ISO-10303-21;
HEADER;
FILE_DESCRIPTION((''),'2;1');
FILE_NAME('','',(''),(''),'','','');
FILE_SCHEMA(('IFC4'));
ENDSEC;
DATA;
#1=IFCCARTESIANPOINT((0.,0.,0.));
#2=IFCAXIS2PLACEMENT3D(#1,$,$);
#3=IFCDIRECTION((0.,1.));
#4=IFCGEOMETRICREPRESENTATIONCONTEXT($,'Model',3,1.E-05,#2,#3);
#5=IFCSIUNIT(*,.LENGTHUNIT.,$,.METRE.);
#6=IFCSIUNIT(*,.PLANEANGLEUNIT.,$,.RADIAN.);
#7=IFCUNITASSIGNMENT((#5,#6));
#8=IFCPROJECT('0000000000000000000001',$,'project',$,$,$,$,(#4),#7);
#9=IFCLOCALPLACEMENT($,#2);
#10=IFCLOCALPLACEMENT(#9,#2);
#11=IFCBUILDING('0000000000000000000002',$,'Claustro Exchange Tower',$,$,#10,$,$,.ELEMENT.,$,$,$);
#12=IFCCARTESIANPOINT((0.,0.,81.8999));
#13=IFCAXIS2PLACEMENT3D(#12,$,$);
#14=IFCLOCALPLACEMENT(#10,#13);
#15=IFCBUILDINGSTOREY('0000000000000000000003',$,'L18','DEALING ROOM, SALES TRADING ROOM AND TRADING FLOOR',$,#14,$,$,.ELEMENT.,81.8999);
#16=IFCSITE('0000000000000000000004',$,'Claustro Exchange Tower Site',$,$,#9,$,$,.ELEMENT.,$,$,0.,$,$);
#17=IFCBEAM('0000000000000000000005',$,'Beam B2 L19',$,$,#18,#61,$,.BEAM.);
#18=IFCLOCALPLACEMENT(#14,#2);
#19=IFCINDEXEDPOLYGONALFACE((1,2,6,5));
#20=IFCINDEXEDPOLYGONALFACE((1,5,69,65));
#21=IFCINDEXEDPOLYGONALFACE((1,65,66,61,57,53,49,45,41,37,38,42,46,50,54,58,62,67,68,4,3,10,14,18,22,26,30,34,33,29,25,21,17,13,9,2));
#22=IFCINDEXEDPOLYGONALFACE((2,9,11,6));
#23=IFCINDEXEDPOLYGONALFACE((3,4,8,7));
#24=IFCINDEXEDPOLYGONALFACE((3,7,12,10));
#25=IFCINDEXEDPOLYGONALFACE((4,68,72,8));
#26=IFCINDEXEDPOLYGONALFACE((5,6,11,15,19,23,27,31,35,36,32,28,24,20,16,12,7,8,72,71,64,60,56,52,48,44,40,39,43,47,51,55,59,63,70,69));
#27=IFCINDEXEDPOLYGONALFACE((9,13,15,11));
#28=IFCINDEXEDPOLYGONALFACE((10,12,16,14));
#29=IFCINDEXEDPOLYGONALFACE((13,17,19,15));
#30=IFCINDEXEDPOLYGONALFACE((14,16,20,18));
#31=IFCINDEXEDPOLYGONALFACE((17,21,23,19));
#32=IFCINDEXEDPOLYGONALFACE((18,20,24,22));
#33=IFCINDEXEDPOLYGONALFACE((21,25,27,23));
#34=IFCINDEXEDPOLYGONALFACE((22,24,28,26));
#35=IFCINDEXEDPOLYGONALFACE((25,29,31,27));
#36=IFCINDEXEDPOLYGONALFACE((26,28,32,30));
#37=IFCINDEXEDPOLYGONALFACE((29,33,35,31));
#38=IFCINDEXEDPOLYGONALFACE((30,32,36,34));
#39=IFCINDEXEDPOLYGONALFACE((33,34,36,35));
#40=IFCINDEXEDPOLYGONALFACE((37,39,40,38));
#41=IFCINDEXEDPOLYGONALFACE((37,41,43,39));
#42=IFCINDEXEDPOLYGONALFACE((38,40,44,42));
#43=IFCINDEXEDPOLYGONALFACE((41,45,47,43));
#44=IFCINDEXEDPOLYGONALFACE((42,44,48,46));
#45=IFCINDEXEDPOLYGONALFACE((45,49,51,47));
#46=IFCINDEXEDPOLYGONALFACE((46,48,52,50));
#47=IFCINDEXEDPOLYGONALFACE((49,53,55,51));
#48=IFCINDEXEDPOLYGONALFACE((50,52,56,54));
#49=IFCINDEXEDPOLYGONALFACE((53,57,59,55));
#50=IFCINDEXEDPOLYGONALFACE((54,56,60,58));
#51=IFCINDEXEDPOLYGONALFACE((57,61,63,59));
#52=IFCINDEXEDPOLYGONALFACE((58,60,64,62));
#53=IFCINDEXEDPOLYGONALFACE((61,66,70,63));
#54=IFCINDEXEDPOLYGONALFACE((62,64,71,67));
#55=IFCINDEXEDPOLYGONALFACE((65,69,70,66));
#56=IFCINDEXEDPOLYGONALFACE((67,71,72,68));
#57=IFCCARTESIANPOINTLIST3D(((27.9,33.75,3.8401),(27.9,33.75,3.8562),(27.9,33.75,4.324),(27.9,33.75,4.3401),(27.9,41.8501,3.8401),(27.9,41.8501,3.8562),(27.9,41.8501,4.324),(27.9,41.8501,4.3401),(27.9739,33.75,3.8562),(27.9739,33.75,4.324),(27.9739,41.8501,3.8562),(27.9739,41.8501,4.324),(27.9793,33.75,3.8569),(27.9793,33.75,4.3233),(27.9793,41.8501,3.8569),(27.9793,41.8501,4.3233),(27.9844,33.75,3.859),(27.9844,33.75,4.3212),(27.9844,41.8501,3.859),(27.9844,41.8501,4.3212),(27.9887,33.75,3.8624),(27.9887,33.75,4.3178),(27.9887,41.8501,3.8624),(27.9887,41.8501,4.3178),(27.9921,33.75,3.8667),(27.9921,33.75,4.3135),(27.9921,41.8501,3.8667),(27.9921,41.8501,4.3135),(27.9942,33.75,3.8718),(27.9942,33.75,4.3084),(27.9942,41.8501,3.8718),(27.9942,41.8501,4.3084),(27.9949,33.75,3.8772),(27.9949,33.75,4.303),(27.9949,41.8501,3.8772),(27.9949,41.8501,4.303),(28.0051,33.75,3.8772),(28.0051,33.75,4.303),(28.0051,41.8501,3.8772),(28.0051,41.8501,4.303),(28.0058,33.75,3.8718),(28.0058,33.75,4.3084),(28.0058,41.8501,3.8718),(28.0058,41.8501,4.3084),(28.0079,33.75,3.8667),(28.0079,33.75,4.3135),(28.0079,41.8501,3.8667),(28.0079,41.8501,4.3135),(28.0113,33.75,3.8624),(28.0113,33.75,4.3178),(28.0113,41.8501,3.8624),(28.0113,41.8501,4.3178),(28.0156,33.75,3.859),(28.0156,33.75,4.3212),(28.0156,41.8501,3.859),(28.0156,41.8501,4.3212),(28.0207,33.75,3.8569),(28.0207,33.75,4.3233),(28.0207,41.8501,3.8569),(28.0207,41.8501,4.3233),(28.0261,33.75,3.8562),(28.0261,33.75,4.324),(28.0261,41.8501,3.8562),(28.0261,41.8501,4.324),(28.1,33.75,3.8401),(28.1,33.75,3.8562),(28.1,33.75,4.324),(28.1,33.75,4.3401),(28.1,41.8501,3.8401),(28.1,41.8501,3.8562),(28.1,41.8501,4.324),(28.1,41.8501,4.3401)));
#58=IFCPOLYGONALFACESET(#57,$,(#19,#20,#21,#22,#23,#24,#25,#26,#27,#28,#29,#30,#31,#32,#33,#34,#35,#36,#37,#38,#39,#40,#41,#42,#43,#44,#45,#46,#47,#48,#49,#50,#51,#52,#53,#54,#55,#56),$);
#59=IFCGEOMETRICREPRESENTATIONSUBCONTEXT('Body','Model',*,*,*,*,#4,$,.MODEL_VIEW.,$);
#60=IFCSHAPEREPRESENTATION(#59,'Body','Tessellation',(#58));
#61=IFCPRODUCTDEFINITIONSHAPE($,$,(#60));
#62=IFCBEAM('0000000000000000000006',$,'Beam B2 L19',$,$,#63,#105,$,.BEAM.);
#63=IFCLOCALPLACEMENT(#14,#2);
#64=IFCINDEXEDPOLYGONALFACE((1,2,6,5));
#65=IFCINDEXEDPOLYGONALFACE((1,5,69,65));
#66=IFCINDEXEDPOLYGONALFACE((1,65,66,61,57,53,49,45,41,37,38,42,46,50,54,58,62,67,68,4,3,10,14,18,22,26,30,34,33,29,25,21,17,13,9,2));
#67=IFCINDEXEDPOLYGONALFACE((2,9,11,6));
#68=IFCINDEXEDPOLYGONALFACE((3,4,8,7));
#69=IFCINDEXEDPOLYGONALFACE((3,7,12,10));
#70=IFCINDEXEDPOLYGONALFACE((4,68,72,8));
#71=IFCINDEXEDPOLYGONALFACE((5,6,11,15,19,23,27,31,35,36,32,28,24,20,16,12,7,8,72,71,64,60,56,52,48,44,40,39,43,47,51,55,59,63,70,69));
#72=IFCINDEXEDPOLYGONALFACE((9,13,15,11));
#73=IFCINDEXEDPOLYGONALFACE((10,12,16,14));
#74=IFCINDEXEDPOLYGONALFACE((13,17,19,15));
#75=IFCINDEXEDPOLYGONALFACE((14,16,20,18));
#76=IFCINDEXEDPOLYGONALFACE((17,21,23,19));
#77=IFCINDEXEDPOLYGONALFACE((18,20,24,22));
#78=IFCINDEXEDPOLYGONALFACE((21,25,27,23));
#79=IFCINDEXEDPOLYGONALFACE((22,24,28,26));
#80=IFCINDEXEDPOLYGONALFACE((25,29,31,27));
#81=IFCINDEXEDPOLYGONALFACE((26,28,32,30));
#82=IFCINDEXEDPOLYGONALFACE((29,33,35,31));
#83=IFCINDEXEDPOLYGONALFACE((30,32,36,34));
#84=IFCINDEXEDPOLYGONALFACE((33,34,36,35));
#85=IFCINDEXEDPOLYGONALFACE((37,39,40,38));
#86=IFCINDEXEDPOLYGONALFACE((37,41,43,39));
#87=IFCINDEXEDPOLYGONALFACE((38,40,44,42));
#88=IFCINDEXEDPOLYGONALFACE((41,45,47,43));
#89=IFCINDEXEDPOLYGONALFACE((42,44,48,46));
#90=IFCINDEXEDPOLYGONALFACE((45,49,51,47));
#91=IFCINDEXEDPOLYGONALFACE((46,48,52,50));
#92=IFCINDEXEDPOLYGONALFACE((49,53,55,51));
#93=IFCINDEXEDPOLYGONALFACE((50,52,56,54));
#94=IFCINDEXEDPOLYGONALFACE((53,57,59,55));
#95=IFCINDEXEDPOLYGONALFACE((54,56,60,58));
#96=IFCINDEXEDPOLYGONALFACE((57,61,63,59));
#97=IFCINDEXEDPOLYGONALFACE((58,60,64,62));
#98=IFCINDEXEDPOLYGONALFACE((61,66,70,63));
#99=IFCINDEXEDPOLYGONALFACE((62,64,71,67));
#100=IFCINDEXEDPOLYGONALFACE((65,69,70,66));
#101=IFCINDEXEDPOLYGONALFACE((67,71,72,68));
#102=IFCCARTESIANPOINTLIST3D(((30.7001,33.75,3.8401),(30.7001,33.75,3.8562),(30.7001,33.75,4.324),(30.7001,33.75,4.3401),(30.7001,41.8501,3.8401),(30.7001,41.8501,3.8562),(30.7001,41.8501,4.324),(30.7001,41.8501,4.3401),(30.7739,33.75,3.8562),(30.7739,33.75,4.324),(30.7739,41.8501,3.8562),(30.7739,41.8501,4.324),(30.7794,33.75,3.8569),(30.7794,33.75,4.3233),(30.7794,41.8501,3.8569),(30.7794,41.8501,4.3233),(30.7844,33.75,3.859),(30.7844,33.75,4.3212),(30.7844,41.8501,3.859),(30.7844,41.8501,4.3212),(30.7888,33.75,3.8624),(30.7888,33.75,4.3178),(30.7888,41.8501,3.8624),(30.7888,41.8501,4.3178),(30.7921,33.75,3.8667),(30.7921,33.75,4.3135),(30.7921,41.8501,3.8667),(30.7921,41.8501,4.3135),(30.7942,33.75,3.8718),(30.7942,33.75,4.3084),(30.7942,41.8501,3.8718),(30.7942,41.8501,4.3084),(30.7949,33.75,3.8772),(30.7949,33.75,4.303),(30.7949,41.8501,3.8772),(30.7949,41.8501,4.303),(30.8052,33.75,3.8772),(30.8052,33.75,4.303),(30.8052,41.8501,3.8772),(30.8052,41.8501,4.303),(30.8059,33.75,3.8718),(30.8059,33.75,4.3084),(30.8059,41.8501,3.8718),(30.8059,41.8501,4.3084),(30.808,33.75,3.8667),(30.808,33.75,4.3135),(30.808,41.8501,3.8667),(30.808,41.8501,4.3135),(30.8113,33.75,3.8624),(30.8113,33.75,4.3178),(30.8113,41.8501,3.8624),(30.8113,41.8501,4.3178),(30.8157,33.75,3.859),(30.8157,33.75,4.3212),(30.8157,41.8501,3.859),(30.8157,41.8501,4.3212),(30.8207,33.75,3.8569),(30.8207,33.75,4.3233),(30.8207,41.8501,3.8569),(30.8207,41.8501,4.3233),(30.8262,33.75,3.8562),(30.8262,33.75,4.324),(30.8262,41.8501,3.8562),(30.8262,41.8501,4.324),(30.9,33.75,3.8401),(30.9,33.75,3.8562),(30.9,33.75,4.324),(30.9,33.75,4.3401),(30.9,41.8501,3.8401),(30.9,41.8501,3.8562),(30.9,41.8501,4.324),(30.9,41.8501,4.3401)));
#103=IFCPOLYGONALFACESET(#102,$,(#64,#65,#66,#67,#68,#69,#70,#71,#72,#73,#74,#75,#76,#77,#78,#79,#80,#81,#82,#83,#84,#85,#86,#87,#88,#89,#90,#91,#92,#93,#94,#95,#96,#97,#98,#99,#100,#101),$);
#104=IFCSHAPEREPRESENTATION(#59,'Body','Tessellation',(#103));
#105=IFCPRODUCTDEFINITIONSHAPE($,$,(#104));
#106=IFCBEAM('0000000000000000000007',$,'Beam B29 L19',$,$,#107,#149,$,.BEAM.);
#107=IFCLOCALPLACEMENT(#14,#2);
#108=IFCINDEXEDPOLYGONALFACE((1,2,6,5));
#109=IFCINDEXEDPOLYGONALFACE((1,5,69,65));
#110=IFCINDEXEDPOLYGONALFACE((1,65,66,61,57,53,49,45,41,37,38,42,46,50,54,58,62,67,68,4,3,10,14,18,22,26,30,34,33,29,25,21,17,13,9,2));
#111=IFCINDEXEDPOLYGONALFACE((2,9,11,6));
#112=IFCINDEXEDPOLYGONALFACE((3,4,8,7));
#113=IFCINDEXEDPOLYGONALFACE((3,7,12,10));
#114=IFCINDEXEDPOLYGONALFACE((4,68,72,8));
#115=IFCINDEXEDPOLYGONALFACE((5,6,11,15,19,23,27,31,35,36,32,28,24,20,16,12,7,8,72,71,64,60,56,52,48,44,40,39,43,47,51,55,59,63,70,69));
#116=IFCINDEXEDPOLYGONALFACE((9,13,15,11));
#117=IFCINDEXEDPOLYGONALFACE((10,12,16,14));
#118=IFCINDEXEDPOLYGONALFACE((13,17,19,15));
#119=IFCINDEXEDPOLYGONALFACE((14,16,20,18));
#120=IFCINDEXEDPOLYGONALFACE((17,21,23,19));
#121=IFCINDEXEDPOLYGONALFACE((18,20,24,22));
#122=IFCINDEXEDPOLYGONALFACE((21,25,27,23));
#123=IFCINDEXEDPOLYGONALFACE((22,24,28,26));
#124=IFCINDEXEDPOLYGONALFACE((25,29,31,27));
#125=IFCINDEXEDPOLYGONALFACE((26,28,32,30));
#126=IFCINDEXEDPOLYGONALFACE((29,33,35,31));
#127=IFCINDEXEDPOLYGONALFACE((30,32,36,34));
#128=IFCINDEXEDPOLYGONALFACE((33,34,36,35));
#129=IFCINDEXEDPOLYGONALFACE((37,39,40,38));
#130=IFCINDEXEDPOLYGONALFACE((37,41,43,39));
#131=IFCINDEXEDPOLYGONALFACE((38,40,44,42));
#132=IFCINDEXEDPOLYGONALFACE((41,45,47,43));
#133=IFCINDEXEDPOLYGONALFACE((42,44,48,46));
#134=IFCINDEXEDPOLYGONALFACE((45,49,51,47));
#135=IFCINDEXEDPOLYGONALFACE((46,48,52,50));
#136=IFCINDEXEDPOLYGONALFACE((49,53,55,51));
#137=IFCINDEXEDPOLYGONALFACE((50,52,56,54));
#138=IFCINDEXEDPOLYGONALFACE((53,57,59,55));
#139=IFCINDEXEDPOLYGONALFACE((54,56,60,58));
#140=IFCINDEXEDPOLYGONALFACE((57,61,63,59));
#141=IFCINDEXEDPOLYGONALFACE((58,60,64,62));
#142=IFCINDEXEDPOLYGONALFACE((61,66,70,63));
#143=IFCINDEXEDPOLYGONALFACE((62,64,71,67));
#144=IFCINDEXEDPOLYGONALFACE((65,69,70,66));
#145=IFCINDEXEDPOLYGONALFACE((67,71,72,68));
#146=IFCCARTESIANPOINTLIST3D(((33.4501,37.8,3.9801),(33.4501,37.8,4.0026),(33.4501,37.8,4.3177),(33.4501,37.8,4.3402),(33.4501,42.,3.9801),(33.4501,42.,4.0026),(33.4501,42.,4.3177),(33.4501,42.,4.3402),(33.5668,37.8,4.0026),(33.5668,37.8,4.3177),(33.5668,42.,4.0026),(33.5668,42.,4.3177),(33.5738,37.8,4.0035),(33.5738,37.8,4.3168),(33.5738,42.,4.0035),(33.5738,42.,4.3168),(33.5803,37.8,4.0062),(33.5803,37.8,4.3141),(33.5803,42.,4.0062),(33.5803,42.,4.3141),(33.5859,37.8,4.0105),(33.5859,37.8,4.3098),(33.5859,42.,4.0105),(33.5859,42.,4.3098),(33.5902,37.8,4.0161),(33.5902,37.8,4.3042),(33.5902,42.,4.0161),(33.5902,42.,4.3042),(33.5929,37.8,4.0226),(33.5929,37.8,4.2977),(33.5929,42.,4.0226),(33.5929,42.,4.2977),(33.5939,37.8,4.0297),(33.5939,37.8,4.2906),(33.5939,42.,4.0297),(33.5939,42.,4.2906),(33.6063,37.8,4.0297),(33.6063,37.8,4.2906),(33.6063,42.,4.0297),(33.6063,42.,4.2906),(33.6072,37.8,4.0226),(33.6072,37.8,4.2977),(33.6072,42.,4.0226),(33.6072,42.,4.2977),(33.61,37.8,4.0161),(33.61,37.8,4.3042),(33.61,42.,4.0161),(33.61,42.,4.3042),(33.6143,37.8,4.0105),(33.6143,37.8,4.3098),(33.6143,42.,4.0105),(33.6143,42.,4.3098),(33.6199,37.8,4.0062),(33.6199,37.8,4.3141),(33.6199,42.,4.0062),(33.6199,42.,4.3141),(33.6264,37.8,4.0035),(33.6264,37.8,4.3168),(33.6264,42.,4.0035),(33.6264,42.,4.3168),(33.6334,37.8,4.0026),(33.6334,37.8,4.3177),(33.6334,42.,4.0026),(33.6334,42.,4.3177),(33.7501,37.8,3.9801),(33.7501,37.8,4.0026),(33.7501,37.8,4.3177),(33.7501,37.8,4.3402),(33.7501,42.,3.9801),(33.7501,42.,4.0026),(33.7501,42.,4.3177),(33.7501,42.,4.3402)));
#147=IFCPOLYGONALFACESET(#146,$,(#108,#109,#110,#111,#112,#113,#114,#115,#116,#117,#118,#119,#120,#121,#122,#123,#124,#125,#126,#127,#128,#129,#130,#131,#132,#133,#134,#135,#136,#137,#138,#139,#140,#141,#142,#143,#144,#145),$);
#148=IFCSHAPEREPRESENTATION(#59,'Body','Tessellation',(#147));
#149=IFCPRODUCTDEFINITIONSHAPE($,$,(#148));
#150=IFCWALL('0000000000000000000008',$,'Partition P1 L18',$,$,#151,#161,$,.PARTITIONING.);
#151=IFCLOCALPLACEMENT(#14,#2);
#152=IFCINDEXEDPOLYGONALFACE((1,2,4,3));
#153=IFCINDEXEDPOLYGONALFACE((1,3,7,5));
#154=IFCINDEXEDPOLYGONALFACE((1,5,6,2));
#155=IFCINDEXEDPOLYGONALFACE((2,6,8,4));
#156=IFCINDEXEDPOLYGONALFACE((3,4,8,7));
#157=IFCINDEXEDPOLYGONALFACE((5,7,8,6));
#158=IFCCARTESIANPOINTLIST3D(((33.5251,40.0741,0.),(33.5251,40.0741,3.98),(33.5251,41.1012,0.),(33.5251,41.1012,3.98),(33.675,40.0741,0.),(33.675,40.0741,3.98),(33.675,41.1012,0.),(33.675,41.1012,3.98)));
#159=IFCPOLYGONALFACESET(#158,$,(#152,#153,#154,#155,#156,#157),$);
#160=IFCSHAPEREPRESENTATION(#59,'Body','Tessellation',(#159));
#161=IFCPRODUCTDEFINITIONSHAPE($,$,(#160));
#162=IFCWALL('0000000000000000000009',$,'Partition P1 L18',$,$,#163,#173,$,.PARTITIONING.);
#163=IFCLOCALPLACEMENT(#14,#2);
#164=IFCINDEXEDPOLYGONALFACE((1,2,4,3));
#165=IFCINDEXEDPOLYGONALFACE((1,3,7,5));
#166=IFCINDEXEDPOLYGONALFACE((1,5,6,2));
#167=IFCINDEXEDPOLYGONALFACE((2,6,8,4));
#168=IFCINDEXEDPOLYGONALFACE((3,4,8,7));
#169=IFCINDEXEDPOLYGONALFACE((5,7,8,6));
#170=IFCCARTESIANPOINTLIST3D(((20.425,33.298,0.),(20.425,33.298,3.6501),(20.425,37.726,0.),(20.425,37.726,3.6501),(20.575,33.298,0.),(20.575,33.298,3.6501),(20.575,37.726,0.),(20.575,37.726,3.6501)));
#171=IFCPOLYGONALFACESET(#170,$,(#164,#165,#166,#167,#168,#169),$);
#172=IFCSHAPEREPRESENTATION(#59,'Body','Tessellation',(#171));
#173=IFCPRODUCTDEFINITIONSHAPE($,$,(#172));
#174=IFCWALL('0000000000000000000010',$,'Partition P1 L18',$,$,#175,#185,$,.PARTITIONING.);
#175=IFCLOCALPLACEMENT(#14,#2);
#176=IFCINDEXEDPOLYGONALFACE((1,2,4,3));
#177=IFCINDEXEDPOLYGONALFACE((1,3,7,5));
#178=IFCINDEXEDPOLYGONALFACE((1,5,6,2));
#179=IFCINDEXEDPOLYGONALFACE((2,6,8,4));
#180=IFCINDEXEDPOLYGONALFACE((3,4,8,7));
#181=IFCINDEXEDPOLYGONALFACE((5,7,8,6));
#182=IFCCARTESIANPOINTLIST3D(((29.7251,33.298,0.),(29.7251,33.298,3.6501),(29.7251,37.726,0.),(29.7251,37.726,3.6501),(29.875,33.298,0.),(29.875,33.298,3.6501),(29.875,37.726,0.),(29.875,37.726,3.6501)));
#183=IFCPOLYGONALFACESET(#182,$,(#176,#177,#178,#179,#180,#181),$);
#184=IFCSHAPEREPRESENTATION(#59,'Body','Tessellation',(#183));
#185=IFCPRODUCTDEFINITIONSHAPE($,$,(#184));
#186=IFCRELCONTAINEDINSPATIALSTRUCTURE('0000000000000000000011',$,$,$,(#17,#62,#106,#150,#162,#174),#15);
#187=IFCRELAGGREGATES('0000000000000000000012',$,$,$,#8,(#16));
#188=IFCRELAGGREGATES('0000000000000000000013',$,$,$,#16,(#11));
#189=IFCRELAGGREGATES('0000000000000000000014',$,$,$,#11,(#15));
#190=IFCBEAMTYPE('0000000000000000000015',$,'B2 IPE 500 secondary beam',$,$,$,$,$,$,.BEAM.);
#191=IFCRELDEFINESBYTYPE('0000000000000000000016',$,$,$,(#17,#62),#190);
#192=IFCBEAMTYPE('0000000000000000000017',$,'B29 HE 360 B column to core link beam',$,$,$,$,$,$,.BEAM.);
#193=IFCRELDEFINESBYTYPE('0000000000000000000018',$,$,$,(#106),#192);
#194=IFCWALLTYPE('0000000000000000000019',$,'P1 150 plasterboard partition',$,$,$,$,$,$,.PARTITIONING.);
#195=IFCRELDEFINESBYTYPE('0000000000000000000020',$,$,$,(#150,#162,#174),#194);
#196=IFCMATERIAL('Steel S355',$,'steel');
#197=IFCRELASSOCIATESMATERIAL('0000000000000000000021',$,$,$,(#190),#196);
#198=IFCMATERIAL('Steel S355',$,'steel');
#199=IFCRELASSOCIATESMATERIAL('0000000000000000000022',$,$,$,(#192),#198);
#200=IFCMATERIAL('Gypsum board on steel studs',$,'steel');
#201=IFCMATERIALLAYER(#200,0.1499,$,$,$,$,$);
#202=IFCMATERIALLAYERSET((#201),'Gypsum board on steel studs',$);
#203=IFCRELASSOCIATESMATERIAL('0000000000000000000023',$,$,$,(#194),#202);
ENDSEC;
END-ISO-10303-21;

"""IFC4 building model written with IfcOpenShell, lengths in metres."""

from ifc_helpers import new_model, si_unit, direction, frame, frame_2d, origin, origin_2d, place, context, subcontext, project, spatial, rectangle, i_section, extrude, material, layer, layer_set, material_profile, profile_set, type_object, element, save


model = new_model("IFC4")

# Units and contexts
model_context = context("Model", 3, precision=1e-05, world=origin(), true_north=direction((0.0, 1.0)))
body_context = subcontext(model_context, "Body", "Model", "MODEL_VIEW")
ifc_project = project(units=[si_unit("LENGTHUNIT", "METRE"), si_unit("PLANEANGLEUNIT", "RADIAN")], contexts=[model_context])

# Site, building, storey
site_placement = place(None, origin())
site = spatial("IfcSite", under=ifc_project, at=site_placement, Name="Claustro Exchange Tower Site", CompositionType="ELEMENT", RefElevation=0.0)
building_placement = place(site_placement, origin())
building = spatial("IfcBuilding", under=site, at=building_placement, Name="Claustro Exchange Tower", CompositionType="ELEMENT")
storey_placement = place(building_placement, frame((0.0, 0.0, 81.8999)))
storey = spatial("IfcBuildingStorey", under=building, at=storey_placement, Name="L18", Description="DEALING ROOM, SALES TRADING ROOM AND TRADING FLOOR", CompositionType="ELEMENT", Elevation=81.8999)

# Beams
ifc_material_1 = material(Name="Steel S355", Category="steel")
ifc_material_profile_1 = material_profile(ifc_material_1, i_section(OverallWidth=0.2, OverallDepth=0.5, WebThickness=0.0103, FlangeThickness=0.0161, FilletRadius=0.021, at=origin_2d()), Name="IPE 500")
ifc_profile_set_1 = profile_set([ifc_material_profile_1], Name="Steel S355")
beam_type_1 = type_object("IfcBeamType", Name="B2 IPE 500 secondary beam", PredefinedType="BEAM", material=ifc_profile_set_1)
for number, where, z_axis, x_axis, name in (
    (1, (28.0, 33.75, 4.0901), (0.0, 1.0, 0.0), (-1.0, 0.0, 0.0), "Beam B2 L19"),
    (2, (30.8, 33.75, 4.0901), (0.0, 1.0, 0.0), (-1.0, 0.0, 0.0), "Beam B2 L19"),
):
    element("IfcBeam", number, at=place(storey_placement, frame(where, z_axis=z_axis, x_axis=x_axis)), inside=storey, type_object=beam_type_1, Name=name, PredefinedType="BEAM", context=body_context, shape_type="SweptSolid", body=[
        extrude(i_section(OverallWidth=0.2, OverallDepth=0.5, WebThickness=0.0103, FlangeThickness=0.0161, FilletRadius=0.021, at=origin_2d()), origin(), (0.0, 0.0, 1.0), 8.1001),
    ])
ifc_material_2 = material(Name="Steel S355", Category="steel")
ifc_material_profile_2 = material_profile(ifc_material_2, i_section(OverallWidth=0.3, OverallDepth=0.3601, WebThickness=0.0125, FlangeThickness=0.0225, FilletRadius=0.0271, at=origin_2d()), Name="HE 360 B")
ifc_profile_set_2 = profile_set([ifc_material_profile_2], Name="Steel S355")
beam_type_2 = type_object("IfcBeamType", Name="B29 HE 360 B column to core link beam", PredefinedType="BEAM", material=ifc_profile_set_2)
beam_1_placement = place(storey_placement, frame((33.6001, 37.8, 4.1602), z_axis=(0.0, 1.0, 0.0), x_axis=(-1.0, 0.0, 0.0)))
element("IfcBeam", 3, at=beam_1_placement, inside=storey, type_object=beam_type_2, Name="Beam B29 L19", PredefinedType="BEAM", context=body_context, shape_type="SweptSolid", body=[
    extrude(i_section(OverallWidth=0.3, OverallDepth=0.3601, WebThickness=0.0125, FlangeThickness=0.0225, FilletRadius=0.0271, at=origin_2d()), origin(), (0.0, 0.0, 1.0), 4.2),
])

# Walls
ifc_material_3 = material(Name="Gypsum board on steel studs", Category="steel")
ifc_layer_1 = layer(ifc_material_3, 0.1499)
ifc_layer_set_1 = layer_set([ifc_layer_1], Name="Gypsum board on steel studs")
wall_type_1 = type_object("IfcWallType", Name="P1 150 plasterboard partition", PredefinedType="PARTITIONING", material=ifc_layer_set_1)
wall_1_placement = place(storey_placement, frame((33.6001, 40.074, 0.0), z_axis=(0.0, 0.0, 1.0), x_axis=(0.0, 1.0, 0.0)))
element("IfcWall", 4, at=wall_1_placement, inside=storey, type_object=wall_type_1, Name="Partition P1 L18", PredefinedType="PARTITIONING", context=body_context, shape_type="SweptSolid", body=[
    extrude(rectangle(XDim=1.0271, YDim=0.1499, at=frame_2d((0.5137, 0.0))), origin(), (0.0, 0.0, 1.0), 3.98),
])
for number, where, z_axis, x_axis, name in (
    (5, (20.5, 33.2981, 0.0), (0.0, 0.0, 1.0), (0.0, 1.0, 0.0), "Partition P1 L18"),
    (6, (29.8, 33.2981, 0.0), (0.0, 0.0, 1.0), (0.0, 1.0, 0.0), "Partition P1 L18"),
):
    element("IfcWall", number, at=place(storey_placement, frame(where, z_axis=z_axis, x_axis=x_axis)), inside=storey, type_object=wall_type_1, Name=name, PredefinedType="PARTITIONING", context=body_context, shape_type="SweptSolid", body=[
        extrude(rectangle(XDim=4.428, YDim=0.1499, at=frame_2d((2.2139, 0.0))), origin(), (0.0, 0.0, 1.0), 3.6501),
    ])

save(model, "model.ifc")
